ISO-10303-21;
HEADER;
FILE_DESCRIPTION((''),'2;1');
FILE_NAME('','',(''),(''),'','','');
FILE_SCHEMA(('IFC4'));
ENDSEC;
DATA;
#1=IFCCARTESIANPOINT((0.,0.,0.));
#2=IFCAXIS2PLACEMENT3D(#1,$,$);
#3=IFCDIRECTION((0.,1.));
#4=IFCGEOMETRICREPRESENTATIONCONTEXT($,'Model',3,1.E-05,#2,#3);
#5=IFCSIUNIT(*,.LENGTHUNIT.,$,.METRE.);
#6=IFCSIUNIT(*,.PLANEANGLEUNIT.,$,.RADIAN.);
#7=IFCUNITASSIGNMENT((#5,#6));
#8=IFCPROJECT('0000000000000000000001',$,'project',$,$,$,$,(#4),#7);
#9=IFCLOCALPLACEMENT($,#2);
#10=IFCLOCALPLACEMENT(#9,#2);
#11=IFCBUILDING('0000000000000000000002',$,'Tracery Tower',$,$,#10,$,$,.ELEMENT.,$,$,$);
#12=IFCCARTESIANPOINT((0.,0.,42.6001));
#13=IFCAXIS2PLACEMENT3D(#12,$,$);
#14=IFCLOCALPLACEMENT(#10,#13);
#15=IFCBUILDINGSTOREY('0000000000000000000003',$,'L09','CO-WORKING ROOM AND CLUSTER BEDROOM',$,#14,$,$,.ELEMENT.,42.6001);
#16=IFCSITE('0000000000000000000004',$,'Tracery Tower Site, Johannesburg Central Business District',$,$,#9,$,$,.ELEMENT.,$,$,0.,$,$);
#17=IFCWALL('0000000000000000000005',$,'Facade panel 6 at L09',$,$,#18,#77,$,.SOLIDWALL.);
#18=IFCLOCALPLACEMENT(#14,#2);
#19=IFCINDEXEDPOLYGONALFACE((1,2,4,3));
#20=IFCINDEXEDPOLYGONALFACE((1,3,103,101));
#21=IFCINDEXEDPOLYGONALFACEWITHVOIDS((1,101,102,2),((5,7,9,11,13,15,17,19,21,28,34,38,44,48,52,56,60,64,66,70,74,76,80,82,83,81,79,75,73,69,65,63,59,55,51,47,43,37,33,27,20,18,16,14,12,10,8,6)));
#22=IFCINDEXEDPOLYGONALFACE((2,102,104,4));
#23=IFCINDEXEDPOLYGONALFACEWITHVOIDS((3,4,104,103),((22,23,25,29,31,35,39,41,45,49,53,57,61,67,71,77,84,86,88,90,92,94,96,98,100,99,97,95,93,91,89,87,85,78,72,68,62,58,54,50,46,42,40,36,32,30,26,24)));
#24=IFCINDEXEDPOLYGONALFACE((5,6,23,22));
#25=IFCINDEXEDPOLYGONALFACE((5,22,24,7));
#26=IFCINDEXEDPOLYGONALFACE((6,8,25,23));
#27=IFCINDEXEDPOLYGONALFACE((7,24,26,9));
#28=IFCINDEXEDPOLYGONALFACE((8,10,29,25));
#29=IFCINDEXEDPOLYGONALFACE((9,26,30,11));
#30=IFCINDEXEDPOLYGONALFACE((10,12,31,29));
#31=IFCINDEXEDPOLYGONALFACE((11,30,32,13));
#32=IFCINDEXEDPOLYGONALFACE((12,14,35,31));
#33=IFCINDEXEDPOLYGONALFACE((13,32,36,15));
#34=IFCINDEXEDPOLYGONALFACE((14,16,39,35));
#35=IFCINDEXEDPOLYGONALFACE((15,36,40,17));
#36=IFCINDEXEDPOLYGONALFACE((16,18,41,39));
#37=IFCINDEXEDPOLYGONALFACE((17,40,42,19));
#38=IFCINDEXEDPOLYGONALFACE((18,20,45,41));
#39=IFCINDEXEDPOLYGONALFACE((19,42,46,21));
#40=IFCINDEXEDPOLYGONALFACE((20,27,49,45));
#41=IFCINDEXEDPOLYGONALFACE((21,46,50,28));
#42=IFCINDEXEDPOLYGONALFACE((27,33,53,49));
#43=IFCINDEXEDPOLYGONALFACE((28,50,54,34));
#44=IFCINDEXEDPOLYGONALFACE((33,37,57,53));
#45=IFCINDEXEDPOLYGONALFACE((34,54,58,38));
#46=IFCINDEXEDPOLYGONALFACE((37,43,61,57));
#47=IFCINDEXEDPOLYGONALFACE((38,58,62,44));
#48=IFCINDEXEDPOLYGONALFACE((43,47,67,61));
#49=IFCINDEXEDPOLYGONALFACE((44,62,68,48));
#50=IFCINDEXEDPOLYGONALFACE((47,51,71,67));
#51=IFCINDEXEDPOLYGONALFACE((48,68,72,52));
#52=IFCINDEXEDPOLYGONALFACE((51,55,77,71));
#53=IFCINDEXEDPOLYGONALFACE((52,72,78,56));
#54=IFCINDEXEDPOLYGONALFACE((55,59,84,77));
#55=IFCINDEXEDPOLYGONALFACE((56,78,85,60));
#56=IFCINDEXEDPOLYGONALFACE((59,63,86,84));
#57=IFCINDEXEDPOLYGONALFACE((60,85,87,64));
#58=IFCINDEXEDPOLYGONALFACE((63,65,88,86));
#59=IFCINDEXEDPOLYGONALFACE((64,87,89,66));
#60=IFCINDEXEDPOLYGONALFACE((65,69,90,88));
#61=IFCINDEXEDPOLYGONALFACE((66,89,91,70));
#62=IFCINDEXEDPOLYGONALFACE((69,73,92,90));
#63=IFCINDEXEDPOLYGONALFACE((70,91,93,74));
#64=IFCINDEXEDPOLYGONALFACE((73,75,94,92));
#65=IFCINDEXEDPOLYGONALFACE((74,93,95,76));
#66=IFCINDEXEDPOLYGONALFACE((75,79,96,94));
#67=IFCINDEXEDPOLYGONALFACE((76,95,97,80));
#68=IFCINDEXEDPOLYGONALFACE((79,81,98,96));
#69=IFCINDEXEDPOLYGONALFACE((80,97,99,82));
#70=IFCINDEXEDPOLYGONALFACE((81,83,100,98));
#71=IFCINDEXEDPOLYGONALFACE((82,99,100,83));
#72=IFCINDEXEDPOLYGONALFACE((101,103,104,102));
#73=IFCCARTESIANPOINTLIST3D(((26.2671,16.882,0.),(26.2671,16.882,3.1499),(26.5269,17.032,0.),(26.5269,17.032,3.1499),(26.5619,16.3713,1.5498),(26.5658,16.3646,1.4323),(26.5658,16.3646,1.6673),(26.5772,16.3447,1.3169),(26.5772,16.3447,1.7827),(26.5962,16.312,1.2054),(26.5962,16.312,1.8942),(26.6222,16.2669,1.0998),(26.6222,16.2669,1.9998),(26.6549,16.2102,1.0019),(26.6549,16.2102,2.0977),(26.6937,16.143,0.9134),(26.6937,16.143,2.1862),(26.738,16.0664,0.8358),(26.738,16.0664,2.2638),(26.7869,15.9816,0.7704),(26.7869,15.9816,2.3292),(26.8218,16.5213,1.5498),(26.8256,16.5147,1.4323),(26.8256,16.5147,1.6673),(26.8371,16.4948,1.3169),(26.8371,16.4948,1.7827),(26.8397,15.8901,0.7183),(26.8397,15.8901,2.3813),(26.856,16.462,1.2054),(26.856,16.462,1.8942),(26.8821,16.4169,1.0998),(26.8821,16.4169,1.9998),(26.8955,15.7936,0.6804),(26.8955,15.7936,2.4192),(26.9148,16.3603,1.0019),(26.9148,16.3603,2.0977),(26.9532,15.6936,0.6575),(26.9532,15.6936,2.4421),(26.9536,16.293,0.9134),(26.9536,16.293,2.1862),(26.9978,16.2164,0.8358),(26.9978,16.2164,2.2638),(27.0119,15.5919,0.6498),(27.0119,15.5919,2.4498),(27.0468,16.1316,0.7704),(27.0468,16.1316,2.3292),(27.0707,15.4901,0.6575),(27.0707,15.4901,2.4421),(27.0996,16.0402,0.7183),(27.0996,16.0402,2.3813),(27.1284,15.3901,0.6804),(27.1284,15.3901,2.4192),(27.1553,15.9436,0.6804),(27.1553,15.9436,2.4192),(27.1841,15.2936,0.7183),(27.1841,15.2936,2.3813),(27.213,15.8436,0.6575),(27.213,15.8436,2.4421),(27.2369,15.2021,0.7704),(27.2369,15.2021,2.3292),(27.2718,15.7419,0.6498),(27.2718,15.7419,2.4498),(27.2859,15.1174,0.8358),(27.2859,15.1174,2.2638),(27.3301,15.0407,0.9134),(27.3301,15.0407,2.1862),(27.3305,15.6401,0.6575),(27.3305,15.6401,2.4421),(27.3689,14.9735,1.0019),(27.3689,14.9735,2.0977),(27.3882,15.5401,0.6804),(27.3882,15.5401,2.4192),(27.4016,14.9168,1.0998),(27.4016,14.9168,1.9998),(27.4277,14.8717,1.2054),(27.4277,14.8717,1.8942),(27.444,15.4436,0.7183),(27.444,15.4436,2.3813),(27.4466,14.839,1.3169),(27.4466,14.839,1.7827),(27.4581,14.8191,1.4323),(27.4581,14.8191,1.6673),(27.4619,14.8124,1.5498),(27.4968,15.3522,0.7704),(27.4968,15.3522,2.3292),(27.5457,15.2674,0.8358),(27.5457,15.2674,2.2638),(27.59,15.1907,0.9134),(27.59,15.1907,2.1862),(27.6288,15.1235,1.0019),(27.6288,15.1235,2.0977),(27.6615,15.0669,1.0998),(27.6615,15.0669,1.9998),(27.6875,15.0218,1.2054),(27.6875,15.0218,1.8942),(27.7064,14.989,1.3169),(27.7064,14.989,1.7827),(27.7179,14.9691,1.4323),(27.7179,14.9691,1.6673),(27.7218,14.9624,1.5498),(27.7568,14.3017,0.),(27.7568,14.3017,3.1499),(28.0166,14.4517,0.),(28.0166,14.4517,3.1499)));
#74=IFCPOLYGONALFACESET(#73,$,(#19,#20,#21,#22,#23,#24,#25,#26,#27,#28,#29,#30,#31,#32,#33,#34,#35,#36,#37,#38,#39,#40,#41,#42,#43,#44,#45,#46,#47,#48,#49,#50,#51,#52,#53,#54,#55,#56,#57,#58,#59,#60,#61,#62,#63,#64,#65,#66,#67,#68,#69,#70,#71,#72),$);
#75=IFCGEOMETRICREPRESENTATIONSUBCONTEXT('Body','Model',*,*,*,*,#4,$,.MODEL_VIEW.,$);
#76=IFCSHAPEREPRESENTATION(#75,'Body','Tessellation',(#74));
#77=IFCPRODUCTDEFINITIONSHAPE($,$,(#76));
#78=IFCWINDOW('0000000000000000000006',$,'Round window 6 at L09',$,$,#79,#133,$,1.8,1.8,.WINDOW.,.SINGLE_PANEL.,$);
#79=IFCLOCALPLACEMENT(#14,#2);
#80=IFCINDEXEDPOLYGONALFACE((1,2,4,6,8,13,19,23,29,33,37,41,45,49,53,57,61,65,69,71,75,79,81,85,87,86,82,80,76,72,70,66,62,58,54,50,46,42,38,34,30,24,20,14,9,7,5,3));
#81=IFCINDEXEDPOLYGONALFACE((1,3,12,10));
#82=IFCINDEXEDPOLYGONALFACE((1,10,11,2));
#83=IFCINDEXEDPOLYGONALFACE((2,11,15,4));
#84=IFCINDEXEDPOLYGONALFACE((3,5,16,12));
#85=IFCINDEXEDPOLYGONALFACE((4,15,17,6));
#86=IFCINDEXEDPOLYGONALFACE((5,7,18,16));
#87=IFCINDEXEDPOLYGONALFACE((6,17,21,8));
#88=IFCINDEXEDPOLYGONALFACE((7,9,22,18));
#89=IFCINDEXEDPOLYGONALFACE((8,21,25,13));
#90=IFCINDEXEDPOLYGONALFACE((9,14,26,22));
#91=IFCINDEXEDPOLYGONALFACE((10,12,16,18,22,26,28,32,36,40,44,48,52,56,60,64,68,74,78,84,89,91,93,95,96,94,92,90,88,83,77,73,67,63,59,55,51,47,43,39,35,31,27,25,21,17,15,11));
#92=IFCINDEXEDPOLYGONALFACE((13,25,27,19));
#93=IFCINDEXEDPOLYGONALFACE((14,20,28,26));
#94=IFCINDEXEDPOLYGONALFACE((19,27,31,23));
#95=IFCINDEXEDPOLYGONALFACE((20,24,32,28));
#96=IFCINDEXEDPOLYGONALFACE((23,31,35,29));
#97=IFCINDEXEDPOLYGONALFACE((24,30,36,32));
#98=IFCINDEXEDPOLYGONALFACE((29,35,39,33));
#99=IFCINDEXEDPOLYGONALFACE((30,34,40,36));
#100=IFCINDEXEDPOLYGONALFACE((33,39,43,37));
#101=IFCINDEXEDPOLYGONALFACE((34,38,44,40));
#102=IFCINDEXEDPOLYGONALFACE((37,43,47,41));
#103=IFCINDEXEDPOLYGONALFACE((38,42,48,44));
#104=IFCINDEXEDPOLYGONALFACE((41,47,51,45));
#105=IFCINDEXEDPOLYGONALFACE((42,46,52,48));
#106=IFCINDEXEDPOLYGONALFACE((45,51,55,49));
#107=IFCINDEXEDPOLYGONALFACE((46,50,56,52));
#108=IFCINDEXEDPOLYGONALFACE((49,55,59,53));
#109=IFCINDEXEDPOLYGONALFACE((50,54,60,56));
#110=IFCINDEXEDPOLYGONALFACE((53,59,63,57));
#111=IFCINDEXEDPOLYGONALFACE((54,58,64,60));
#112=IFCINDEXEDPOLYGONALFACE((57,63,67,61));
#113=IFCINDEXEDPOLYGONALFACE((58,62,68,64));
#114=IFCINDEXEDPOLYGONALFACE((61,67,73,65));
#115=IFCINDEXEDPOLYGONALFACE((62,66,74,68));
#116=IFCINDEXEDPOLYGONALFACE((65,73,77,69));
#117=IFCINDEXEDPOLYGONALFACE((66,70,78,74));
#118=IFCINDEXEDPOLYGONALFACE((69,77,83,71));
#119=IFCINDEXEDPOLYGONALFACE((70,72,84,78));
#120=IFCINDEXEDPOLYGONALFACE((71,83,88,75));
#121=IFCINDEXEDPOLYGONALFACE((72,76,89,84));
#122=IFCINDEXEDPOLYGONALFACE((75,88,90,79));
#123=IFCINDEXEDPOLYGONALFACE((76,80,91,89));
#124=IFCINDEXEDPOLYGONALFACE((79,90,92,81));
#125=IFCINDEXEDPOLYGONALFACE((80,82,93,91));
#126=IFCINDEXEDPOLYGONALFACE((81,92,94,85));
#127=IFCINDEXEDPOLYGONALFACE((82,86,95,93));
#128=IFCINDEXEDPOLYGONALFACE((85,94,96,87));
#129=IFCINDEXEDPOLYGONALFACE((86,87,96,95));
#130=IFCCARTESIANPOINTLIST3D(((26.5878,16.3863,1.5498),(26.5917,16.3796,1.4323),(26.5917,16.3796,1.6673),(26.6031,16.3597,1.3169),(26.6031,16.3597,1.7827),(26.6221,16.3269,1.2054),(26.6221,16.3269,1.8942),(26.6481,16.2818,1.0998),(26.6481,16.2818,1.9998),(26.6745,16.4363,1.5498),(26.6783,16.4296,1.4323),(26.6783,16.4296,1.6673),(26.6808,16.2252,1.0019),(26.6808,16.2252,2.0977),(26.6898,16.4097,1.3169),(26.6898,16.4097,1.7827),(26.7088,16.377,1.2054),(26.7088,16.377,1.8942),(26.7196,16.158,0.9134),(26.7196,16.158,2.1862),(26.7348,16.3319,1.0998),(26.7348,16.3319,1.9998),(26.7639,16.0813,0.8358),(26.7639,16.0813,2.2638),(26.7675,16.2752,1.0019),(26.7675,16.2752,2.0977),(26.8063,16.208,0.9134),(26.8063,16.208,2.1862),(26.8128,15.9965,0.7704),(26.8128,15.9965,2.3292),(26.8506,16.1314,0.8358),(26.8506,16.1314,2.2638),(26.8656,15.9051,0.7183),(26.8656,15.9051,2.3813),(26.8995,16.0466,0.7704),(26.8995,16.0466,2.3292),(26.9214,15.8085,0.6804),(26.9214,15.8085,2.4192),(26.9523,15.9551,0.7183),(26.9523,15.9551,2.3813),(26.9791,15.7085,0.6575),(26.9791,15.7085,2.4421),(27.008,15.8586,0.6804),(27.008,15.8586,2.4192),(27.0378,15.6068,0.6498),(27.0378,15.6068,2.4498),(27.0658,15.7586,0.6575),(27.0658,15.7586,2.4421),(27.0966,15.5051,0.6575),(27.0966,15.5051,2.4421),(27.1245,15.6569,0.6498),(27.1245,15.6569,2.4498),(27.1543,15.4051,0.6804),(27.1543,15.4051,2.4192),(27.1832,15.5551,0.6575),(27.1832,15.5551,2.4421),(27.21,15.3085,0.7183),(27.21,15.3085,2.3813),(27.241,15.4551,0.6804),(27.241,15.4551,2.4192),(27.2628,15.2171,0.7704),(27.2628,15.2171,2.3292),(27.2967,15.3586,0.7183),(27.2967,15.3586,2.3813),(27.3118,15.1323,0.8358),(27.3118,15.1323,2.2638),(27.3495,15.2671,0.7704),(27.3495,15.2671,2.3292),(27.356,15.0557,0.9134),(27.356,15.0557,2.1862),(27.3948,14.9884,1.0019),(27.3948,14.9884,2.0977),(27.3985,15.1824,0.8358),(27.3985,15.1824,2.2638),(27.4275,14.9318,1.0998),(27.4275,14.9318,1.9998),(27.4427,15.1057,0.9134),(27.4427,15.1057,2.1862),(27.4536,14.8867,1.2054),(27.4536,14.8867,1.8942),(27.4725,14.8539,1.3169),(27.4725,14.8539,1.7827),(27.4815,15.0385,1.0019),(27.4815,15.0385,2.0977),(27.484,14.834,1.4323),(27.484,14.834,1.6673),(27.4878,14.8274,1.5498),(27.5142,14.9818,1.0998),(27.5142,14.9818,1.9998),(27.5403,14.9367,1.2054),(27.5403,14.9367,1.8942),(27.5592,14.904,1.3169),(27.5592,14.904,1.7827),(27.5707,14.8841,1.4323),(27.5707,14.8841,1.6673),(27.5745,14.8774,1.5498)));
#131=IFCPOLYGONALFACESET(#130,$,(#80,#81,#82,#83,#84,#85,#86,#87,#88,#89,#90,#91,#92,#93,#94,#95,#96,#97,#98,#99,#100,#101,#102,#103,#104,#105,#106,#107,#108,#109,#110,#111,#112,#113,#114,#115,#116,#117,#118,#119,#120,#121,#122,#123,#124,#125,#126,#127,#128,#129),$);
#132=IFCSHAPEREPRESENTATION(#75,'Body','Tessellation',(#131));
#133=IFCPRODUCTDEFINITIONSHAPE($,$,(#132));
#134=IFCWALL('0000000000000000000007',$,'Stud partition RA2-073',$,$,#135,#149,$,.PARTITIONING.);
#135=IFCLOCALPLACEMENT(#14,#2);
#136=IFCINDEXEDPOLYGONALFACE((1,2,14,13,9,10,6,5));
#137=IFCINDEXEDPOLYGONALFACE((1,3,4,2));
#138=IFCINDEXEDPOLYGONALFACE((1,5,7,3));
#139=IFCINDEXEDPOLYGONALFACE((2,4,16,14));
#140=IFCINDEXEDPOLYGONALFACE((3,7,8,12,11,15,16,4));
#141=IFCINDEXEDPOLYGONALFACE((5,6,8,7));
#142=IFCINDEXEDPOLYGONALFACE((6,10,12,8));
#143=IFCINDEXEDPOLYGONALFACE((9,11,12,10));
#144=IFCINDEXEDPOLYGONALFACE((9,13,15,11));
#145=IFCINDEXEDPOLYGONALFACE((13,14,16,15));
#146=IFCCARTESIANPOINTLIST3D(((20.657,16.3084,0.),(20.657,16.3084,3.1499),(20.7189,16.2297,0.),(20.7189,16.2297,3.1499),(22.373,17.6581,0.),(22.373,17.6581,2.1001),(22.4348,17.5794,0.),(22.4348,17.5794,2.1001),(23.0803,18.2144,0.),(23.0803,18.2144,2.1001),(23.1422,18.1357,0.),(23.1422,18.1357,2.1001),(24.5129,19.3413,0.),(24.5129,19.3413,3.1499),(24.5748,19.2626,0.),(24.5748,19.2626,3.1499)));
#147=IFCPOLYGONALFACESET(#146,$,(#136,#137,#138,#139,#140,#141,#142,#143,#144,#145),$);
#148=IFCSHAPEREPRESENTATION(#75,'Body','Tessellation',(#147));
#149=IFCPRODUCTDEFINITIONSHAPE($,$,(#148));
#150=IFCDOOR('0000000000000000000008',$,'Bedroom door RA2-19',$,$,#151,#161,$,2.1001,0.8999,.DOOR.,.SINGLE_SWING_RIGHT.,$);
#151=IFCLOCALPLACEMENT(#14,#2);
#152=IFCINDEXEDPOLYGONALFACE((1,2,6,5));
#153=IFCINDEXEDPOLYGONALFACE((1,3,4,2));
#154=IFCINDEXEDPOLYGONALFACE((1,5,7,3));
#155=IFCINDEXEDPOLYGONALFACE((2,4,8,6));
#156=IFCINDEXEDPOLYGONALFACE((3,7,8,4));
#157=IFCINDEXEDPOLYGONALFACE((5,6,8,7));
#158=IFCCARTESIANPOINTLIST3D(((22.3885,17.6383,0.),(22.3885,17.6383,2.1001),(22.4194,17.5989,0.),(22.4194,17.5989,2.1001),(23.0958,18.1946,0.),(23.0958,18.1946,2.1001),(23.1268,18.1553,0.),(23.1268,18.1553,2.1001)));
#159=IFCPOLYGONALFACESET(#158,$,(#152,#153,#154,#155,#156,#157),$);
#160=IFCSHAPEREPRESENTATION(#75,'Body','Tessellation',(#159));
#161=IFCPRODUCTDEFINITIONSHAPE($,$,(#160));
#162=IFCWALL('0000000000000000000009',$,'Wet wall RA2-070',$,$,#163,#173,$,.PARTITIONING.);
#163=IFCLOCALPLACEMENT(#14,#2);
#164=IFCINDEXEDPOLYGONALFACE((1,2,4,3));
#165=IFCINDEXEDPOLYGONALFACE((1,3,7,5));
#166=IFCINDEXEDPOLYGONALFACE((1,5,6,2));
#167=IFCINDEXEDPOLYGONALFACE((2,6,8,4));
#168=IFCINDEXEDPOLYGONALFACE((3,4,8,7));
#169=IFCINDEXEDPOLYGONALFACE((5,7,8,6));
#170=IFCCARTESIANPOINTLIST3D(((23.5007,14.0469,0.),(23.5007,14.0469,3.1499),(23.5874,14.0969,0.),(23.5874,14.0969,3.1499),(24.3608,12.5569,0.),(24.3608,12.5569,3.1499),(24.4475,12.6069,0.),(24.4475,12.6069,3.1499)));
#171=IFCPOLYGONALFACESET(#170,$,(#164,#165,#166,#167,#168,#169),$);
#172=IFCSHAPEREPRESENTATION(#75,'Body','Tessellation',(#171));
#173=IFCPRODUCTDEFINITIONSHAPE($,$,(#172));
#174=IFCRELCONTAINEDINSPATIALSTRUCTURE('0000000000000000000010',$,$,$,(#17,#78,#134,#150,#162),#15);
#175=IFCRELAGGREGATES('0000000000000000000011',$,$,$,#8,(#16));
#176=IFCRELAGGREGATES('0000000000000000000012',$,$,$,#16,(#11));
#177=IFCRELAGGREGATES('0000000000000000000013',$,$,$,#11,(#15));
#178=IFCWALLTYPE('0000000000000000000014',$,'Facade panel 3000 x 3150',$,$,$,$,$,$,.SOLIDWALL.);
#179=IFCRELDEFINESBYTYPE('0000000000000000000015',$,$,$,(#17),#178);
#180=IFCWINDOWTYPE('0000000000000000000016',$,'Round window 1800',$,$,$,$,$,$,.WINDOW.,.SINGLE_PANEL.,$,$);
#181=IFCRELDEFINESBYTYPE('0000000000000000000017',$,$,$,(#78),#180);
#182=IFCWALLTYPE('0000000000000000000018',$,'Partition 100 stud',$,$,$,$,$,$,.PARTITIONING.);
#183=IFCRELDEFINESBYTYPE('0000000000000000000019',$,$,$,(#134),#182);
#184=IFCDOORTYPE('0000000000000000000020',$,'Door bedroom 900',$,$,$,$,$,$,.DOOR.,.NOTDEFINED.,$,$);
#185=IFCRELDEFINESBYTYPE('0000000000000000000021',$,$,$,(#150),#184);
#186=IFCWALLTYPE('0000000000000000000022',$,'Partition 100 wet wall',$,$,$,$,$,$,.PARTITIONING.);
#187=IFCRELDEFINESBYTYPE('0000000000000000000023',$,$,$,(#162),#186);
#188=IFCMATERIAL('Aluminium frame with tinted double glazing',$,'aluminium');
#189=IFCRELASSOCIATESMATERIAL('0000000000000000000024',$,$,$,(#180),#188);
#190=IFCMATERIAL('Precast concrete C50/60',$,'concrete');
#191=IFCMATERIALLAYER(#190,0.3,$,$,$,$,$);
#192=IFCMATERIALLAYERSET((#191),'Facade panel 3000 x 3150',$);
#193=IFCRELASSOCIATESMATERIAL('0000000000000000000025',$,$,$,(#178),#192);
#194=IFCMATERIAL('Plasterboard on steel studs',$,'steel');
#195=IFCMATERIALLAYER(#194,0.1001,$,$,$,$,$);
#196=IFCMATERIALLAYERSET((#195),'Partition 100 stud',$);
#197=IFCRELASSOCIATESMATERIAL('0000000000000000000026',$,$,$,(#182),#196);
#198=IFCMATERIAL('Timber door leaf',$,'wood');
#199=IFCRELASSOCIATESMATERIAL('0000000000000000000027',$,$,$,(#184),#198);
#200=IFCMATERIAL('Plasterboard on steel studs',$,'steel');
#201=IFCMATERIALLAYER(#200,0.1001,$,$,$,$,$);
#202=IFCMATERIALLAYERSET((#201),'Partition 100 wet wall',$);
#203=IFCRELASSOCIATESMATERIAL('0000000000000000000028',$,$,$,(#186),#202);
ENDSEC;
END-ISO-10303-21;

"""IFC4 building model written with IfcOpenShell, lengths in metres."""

from ifc_helpers import new_model, si_unit, direction, frame, frame_2d, origin, origin_2d, place, context, subcontext, project, spatial, rectangle, circle, extrude, material, layer, layer_set, type_object, element, fill, save


model = new_model("IFC4")

# Units and contexts
model_context = context("Model", 3, precision=1e-05, world=origin(), true_north=direction((0.0, 1.0)))
body_context = subcontext(model_context, "Body", "Model", "MODEL_VIEW")
ifc_project = project(units=[si_unit("LENGTHUNIT", "METRE"), si_unit("PLANEANGLEUNIT", "RADIAN")], contexts=[model_context])

# Site, building, storey
site_placement = place(None, origin())
site = spatial("IfcSite", under=ifc_project, at=site_placement, Name="Tracery Tower Site, Johannesburg Central Business District", CompositionType="ELEMENT", RefElevation=0.0)
building_placement = place(site_placement, origin())
building = spatial("IfcBuilding", under=site, at=building_placement, Name="Tracery Tower", CompositionType="ELEMENT")
storey_placement = place(building_placement, frame((0.0, 0.0, 42.6001)))
storey = spatial("IfcBuildingStorey", under=building, at=storey_placement, Name="L09", Description="CO-WORKING ROOM AND CLUSTER BEDROOM", CompositionType="ELEMENT", Elevation=42.6001)

# Wall, opening, window
ifc_material_1 = material(Name="Aluminium frame with tinted double glazing", Category="aluminium")
window_type = type_object("IfcWindowType", Name="Round window 1800", PartitioningType="SINGLE_PANEL", PredefinedType="WINDOW", material=ifc_material_1)
ifc_material_2 = material(Name="Precast concrete C50/60", Category="concrete")
ifc_layer_1 = layer(ifc_material_2, 0.3)
ifc_layer_set_1 = layer_set([ifc_layer_1], Name="Facade panel 3000 x 3150")
wall_type_1 = type_object("IfcWallType", Name="Facade panel 3000 x 3150", PredefinedType="SOLIDWALL", material=ifc_layer_set_1)
wall_1_placement = place(storey_placement, frame((27.8867, 14.3767, 0.0), z_axis=(0.0, 0.0, 1.0), x_axis=(-0.499999, 0.866026, 0.0)))
wall_1 = element("IfcWall", 1, at=wall_1_placement, inside=storey, type_object=wall_type_1, Name="Facade panel 6 at L09", PredefinedType="SOLIDWALL", context=body_context, shape_type="SweptSolid", body=[
    extrude(rectangle(XDim=2.9795, YDim=0.3, at=frame_2d((1.4897, 0.0))), origin(), (0.0, 0.0, 1.0), 3.1499),
])
opening_1_placement = place(wall_1_placement, frame((1.4897, 0.0, 1.5498)))
opening_1 = element("IfcOpeningElement", 2, at=opening_1_placement, cuts=wall_1, PredefinedType="OPENING", context=body_context, shape_type="SweptSolid", body=[
    extrude(circle(Radius=0.9, at=origin_2d()), frame((0.0, 0.1599, 0.0), z_axis=(0.0, -1.0, 0.0), x_axis=(1.0, 0.0, 0.0)), (0.0, 0.0, 1.0), 0.3201),
])
window_1_placement = place(opening_1_placement, origin())
window_1 = element("IfcWindow", 3, at=window_1_placement, inside=storey, type_object=window_type, Name="Round window 6 at L09", OverallHeight=1.8, OverallWidth=1.8, PartitioningType="SINGLE_PANEL", PredefinedType="WINDOW", context=body_context, shape_type="SweptSolid", body=[
    extrude(circle(Radius=0.9, at=origin_2d()), frame((0.0, 0.1201, 0.0), z_axis=(0.0, -1.0, 0.0), x_axis=(1.0, 0.0, 0.0)), (0.0, 0.0, 1.0), 0.1001),
])
fill(opening_1, window_1)

# Wall, opening, door
ifc_material_3 = material(Name="Plasterboard on steel studs", Category="steel")
ifc_layer_2 = layer(ifc_material_3, 0.1001)
ifc_layer_set_2 = layer_set([ifc_layer_2], Name="Partition 100 stud")
wall_type_2 = type_object("IfcWallType", Name="Partition 100 stud", PredefinedType="PARTITIONING", material=ifc_layer_set_2)
wall_2_placement = place(storey_placement, frame((20.688, 16.269, 0.0), z_axis=(0.0, 0.0, 1.0), x_axis=(0.785994, 0.618235, 0.0)))
wall_2 = element("IfcWall", 4, at=wall_2_placement, inside=storey, type_object=wall_type_2, Name="Stud partition RA2-073", PredefinedType="PARTITIONING", context=body_context, shape_type="SweptSolid", body=[
    extrude(rectangle(XDim=4.9058, YDim=0.1001, at=frame_2d((2.4529, 0.0))), origin(), (0.0, 0.0, 1.0), 3.1499),
])
opening_2_placement = place(wall_2_placement, frame((2.1831, 0.0, 0.0)))
opening_2 = element("IfcOpeningElement", 5, at=opening_2_placement, cuts=wall_2, PredefinedType="OPENING", context=body_context, shape_type="SweptSolid", body=[
    extrude(rectangle(XDim=0.8999, YDim=2.1001, at=frame_2d((0.45, 1.05))), frame((0.0, 0.05, 0.0), z_axis=(0.0, -1.0, 0.0), x_axis=(1.0, 0.0, 0.0)), (0.0, 0.0, 1.0), 0.1001),
])
ifc_material_4 = material(Name="Timber door leaf", Category="wood")
door_type_1 = type_object("IfcDoorType", Name="Door bedroom 900", OperationType="NOTDEFINED", PredefinedType="DOOR", material=ifc_material_4)
door_1_placement = place(opening_2_placement, origin())
door_1 = element("IfcDoor", 6, at=door_1_placement, inside=storey, type_object=door_type_1, Name="Bedroom door RA2-19", OperationType="SINGLE_SWING_RIGHT", OverallHeight=2.1001, OverallWidth=0.8999, PredefinedType="DOOR", context=body_context, shape_type="SweptSolid", body=[
    extrude(rectangle(XDim=0.8999, YDim=2.1001, at=frame_2d((0.45, 1.05))), frame((0.0, 0.0249, 0.0), z_axis=(0.0, -1.0, 0.0), x_axis=(1.0, 0.0, 0.0)), (0.0, 0.0, 1.0), 0.05),
])
fill(opening_2, door_1)

# Wall
ifc_material_5 = material(Name="Plasterboard on steel studs", Category="steel")
ifc_layer_3 = layer(ifc_material_5, 0.1001)
ifc_layer_set_3 = layer_set([ifc_layer_3], Name="Partition 100 wet wall")
wall_type_3 = type_object("IfcWallType", Name="Partition 100 wet wall", PredefinedType="PARTITIONING", material=ifc_layer_set_3)
wall_3_placement = place(storey_placement, frame((23.5439, 14.072, 0.0), z_axis=(0.0, 0.0, 1.0), x_axis=(0.499939, -0.86606, 0.0)))
element("IfcWall", 7, at=wall_3_placement, inside=storey, type_object=wall_type_3, Name="Wet wall RA2-070", PredefinedType="PARTITIONING", context=body_context, shape_type="SweptSolid", body=[
    extrude(rectangle(XDim=1.7205, YDim=0.1001, at=frame_2d((0.8604, 0.0))), origin(), (0.0, 0.0, 1.0), 3.1499),
])

save(model, "model.ifc")
